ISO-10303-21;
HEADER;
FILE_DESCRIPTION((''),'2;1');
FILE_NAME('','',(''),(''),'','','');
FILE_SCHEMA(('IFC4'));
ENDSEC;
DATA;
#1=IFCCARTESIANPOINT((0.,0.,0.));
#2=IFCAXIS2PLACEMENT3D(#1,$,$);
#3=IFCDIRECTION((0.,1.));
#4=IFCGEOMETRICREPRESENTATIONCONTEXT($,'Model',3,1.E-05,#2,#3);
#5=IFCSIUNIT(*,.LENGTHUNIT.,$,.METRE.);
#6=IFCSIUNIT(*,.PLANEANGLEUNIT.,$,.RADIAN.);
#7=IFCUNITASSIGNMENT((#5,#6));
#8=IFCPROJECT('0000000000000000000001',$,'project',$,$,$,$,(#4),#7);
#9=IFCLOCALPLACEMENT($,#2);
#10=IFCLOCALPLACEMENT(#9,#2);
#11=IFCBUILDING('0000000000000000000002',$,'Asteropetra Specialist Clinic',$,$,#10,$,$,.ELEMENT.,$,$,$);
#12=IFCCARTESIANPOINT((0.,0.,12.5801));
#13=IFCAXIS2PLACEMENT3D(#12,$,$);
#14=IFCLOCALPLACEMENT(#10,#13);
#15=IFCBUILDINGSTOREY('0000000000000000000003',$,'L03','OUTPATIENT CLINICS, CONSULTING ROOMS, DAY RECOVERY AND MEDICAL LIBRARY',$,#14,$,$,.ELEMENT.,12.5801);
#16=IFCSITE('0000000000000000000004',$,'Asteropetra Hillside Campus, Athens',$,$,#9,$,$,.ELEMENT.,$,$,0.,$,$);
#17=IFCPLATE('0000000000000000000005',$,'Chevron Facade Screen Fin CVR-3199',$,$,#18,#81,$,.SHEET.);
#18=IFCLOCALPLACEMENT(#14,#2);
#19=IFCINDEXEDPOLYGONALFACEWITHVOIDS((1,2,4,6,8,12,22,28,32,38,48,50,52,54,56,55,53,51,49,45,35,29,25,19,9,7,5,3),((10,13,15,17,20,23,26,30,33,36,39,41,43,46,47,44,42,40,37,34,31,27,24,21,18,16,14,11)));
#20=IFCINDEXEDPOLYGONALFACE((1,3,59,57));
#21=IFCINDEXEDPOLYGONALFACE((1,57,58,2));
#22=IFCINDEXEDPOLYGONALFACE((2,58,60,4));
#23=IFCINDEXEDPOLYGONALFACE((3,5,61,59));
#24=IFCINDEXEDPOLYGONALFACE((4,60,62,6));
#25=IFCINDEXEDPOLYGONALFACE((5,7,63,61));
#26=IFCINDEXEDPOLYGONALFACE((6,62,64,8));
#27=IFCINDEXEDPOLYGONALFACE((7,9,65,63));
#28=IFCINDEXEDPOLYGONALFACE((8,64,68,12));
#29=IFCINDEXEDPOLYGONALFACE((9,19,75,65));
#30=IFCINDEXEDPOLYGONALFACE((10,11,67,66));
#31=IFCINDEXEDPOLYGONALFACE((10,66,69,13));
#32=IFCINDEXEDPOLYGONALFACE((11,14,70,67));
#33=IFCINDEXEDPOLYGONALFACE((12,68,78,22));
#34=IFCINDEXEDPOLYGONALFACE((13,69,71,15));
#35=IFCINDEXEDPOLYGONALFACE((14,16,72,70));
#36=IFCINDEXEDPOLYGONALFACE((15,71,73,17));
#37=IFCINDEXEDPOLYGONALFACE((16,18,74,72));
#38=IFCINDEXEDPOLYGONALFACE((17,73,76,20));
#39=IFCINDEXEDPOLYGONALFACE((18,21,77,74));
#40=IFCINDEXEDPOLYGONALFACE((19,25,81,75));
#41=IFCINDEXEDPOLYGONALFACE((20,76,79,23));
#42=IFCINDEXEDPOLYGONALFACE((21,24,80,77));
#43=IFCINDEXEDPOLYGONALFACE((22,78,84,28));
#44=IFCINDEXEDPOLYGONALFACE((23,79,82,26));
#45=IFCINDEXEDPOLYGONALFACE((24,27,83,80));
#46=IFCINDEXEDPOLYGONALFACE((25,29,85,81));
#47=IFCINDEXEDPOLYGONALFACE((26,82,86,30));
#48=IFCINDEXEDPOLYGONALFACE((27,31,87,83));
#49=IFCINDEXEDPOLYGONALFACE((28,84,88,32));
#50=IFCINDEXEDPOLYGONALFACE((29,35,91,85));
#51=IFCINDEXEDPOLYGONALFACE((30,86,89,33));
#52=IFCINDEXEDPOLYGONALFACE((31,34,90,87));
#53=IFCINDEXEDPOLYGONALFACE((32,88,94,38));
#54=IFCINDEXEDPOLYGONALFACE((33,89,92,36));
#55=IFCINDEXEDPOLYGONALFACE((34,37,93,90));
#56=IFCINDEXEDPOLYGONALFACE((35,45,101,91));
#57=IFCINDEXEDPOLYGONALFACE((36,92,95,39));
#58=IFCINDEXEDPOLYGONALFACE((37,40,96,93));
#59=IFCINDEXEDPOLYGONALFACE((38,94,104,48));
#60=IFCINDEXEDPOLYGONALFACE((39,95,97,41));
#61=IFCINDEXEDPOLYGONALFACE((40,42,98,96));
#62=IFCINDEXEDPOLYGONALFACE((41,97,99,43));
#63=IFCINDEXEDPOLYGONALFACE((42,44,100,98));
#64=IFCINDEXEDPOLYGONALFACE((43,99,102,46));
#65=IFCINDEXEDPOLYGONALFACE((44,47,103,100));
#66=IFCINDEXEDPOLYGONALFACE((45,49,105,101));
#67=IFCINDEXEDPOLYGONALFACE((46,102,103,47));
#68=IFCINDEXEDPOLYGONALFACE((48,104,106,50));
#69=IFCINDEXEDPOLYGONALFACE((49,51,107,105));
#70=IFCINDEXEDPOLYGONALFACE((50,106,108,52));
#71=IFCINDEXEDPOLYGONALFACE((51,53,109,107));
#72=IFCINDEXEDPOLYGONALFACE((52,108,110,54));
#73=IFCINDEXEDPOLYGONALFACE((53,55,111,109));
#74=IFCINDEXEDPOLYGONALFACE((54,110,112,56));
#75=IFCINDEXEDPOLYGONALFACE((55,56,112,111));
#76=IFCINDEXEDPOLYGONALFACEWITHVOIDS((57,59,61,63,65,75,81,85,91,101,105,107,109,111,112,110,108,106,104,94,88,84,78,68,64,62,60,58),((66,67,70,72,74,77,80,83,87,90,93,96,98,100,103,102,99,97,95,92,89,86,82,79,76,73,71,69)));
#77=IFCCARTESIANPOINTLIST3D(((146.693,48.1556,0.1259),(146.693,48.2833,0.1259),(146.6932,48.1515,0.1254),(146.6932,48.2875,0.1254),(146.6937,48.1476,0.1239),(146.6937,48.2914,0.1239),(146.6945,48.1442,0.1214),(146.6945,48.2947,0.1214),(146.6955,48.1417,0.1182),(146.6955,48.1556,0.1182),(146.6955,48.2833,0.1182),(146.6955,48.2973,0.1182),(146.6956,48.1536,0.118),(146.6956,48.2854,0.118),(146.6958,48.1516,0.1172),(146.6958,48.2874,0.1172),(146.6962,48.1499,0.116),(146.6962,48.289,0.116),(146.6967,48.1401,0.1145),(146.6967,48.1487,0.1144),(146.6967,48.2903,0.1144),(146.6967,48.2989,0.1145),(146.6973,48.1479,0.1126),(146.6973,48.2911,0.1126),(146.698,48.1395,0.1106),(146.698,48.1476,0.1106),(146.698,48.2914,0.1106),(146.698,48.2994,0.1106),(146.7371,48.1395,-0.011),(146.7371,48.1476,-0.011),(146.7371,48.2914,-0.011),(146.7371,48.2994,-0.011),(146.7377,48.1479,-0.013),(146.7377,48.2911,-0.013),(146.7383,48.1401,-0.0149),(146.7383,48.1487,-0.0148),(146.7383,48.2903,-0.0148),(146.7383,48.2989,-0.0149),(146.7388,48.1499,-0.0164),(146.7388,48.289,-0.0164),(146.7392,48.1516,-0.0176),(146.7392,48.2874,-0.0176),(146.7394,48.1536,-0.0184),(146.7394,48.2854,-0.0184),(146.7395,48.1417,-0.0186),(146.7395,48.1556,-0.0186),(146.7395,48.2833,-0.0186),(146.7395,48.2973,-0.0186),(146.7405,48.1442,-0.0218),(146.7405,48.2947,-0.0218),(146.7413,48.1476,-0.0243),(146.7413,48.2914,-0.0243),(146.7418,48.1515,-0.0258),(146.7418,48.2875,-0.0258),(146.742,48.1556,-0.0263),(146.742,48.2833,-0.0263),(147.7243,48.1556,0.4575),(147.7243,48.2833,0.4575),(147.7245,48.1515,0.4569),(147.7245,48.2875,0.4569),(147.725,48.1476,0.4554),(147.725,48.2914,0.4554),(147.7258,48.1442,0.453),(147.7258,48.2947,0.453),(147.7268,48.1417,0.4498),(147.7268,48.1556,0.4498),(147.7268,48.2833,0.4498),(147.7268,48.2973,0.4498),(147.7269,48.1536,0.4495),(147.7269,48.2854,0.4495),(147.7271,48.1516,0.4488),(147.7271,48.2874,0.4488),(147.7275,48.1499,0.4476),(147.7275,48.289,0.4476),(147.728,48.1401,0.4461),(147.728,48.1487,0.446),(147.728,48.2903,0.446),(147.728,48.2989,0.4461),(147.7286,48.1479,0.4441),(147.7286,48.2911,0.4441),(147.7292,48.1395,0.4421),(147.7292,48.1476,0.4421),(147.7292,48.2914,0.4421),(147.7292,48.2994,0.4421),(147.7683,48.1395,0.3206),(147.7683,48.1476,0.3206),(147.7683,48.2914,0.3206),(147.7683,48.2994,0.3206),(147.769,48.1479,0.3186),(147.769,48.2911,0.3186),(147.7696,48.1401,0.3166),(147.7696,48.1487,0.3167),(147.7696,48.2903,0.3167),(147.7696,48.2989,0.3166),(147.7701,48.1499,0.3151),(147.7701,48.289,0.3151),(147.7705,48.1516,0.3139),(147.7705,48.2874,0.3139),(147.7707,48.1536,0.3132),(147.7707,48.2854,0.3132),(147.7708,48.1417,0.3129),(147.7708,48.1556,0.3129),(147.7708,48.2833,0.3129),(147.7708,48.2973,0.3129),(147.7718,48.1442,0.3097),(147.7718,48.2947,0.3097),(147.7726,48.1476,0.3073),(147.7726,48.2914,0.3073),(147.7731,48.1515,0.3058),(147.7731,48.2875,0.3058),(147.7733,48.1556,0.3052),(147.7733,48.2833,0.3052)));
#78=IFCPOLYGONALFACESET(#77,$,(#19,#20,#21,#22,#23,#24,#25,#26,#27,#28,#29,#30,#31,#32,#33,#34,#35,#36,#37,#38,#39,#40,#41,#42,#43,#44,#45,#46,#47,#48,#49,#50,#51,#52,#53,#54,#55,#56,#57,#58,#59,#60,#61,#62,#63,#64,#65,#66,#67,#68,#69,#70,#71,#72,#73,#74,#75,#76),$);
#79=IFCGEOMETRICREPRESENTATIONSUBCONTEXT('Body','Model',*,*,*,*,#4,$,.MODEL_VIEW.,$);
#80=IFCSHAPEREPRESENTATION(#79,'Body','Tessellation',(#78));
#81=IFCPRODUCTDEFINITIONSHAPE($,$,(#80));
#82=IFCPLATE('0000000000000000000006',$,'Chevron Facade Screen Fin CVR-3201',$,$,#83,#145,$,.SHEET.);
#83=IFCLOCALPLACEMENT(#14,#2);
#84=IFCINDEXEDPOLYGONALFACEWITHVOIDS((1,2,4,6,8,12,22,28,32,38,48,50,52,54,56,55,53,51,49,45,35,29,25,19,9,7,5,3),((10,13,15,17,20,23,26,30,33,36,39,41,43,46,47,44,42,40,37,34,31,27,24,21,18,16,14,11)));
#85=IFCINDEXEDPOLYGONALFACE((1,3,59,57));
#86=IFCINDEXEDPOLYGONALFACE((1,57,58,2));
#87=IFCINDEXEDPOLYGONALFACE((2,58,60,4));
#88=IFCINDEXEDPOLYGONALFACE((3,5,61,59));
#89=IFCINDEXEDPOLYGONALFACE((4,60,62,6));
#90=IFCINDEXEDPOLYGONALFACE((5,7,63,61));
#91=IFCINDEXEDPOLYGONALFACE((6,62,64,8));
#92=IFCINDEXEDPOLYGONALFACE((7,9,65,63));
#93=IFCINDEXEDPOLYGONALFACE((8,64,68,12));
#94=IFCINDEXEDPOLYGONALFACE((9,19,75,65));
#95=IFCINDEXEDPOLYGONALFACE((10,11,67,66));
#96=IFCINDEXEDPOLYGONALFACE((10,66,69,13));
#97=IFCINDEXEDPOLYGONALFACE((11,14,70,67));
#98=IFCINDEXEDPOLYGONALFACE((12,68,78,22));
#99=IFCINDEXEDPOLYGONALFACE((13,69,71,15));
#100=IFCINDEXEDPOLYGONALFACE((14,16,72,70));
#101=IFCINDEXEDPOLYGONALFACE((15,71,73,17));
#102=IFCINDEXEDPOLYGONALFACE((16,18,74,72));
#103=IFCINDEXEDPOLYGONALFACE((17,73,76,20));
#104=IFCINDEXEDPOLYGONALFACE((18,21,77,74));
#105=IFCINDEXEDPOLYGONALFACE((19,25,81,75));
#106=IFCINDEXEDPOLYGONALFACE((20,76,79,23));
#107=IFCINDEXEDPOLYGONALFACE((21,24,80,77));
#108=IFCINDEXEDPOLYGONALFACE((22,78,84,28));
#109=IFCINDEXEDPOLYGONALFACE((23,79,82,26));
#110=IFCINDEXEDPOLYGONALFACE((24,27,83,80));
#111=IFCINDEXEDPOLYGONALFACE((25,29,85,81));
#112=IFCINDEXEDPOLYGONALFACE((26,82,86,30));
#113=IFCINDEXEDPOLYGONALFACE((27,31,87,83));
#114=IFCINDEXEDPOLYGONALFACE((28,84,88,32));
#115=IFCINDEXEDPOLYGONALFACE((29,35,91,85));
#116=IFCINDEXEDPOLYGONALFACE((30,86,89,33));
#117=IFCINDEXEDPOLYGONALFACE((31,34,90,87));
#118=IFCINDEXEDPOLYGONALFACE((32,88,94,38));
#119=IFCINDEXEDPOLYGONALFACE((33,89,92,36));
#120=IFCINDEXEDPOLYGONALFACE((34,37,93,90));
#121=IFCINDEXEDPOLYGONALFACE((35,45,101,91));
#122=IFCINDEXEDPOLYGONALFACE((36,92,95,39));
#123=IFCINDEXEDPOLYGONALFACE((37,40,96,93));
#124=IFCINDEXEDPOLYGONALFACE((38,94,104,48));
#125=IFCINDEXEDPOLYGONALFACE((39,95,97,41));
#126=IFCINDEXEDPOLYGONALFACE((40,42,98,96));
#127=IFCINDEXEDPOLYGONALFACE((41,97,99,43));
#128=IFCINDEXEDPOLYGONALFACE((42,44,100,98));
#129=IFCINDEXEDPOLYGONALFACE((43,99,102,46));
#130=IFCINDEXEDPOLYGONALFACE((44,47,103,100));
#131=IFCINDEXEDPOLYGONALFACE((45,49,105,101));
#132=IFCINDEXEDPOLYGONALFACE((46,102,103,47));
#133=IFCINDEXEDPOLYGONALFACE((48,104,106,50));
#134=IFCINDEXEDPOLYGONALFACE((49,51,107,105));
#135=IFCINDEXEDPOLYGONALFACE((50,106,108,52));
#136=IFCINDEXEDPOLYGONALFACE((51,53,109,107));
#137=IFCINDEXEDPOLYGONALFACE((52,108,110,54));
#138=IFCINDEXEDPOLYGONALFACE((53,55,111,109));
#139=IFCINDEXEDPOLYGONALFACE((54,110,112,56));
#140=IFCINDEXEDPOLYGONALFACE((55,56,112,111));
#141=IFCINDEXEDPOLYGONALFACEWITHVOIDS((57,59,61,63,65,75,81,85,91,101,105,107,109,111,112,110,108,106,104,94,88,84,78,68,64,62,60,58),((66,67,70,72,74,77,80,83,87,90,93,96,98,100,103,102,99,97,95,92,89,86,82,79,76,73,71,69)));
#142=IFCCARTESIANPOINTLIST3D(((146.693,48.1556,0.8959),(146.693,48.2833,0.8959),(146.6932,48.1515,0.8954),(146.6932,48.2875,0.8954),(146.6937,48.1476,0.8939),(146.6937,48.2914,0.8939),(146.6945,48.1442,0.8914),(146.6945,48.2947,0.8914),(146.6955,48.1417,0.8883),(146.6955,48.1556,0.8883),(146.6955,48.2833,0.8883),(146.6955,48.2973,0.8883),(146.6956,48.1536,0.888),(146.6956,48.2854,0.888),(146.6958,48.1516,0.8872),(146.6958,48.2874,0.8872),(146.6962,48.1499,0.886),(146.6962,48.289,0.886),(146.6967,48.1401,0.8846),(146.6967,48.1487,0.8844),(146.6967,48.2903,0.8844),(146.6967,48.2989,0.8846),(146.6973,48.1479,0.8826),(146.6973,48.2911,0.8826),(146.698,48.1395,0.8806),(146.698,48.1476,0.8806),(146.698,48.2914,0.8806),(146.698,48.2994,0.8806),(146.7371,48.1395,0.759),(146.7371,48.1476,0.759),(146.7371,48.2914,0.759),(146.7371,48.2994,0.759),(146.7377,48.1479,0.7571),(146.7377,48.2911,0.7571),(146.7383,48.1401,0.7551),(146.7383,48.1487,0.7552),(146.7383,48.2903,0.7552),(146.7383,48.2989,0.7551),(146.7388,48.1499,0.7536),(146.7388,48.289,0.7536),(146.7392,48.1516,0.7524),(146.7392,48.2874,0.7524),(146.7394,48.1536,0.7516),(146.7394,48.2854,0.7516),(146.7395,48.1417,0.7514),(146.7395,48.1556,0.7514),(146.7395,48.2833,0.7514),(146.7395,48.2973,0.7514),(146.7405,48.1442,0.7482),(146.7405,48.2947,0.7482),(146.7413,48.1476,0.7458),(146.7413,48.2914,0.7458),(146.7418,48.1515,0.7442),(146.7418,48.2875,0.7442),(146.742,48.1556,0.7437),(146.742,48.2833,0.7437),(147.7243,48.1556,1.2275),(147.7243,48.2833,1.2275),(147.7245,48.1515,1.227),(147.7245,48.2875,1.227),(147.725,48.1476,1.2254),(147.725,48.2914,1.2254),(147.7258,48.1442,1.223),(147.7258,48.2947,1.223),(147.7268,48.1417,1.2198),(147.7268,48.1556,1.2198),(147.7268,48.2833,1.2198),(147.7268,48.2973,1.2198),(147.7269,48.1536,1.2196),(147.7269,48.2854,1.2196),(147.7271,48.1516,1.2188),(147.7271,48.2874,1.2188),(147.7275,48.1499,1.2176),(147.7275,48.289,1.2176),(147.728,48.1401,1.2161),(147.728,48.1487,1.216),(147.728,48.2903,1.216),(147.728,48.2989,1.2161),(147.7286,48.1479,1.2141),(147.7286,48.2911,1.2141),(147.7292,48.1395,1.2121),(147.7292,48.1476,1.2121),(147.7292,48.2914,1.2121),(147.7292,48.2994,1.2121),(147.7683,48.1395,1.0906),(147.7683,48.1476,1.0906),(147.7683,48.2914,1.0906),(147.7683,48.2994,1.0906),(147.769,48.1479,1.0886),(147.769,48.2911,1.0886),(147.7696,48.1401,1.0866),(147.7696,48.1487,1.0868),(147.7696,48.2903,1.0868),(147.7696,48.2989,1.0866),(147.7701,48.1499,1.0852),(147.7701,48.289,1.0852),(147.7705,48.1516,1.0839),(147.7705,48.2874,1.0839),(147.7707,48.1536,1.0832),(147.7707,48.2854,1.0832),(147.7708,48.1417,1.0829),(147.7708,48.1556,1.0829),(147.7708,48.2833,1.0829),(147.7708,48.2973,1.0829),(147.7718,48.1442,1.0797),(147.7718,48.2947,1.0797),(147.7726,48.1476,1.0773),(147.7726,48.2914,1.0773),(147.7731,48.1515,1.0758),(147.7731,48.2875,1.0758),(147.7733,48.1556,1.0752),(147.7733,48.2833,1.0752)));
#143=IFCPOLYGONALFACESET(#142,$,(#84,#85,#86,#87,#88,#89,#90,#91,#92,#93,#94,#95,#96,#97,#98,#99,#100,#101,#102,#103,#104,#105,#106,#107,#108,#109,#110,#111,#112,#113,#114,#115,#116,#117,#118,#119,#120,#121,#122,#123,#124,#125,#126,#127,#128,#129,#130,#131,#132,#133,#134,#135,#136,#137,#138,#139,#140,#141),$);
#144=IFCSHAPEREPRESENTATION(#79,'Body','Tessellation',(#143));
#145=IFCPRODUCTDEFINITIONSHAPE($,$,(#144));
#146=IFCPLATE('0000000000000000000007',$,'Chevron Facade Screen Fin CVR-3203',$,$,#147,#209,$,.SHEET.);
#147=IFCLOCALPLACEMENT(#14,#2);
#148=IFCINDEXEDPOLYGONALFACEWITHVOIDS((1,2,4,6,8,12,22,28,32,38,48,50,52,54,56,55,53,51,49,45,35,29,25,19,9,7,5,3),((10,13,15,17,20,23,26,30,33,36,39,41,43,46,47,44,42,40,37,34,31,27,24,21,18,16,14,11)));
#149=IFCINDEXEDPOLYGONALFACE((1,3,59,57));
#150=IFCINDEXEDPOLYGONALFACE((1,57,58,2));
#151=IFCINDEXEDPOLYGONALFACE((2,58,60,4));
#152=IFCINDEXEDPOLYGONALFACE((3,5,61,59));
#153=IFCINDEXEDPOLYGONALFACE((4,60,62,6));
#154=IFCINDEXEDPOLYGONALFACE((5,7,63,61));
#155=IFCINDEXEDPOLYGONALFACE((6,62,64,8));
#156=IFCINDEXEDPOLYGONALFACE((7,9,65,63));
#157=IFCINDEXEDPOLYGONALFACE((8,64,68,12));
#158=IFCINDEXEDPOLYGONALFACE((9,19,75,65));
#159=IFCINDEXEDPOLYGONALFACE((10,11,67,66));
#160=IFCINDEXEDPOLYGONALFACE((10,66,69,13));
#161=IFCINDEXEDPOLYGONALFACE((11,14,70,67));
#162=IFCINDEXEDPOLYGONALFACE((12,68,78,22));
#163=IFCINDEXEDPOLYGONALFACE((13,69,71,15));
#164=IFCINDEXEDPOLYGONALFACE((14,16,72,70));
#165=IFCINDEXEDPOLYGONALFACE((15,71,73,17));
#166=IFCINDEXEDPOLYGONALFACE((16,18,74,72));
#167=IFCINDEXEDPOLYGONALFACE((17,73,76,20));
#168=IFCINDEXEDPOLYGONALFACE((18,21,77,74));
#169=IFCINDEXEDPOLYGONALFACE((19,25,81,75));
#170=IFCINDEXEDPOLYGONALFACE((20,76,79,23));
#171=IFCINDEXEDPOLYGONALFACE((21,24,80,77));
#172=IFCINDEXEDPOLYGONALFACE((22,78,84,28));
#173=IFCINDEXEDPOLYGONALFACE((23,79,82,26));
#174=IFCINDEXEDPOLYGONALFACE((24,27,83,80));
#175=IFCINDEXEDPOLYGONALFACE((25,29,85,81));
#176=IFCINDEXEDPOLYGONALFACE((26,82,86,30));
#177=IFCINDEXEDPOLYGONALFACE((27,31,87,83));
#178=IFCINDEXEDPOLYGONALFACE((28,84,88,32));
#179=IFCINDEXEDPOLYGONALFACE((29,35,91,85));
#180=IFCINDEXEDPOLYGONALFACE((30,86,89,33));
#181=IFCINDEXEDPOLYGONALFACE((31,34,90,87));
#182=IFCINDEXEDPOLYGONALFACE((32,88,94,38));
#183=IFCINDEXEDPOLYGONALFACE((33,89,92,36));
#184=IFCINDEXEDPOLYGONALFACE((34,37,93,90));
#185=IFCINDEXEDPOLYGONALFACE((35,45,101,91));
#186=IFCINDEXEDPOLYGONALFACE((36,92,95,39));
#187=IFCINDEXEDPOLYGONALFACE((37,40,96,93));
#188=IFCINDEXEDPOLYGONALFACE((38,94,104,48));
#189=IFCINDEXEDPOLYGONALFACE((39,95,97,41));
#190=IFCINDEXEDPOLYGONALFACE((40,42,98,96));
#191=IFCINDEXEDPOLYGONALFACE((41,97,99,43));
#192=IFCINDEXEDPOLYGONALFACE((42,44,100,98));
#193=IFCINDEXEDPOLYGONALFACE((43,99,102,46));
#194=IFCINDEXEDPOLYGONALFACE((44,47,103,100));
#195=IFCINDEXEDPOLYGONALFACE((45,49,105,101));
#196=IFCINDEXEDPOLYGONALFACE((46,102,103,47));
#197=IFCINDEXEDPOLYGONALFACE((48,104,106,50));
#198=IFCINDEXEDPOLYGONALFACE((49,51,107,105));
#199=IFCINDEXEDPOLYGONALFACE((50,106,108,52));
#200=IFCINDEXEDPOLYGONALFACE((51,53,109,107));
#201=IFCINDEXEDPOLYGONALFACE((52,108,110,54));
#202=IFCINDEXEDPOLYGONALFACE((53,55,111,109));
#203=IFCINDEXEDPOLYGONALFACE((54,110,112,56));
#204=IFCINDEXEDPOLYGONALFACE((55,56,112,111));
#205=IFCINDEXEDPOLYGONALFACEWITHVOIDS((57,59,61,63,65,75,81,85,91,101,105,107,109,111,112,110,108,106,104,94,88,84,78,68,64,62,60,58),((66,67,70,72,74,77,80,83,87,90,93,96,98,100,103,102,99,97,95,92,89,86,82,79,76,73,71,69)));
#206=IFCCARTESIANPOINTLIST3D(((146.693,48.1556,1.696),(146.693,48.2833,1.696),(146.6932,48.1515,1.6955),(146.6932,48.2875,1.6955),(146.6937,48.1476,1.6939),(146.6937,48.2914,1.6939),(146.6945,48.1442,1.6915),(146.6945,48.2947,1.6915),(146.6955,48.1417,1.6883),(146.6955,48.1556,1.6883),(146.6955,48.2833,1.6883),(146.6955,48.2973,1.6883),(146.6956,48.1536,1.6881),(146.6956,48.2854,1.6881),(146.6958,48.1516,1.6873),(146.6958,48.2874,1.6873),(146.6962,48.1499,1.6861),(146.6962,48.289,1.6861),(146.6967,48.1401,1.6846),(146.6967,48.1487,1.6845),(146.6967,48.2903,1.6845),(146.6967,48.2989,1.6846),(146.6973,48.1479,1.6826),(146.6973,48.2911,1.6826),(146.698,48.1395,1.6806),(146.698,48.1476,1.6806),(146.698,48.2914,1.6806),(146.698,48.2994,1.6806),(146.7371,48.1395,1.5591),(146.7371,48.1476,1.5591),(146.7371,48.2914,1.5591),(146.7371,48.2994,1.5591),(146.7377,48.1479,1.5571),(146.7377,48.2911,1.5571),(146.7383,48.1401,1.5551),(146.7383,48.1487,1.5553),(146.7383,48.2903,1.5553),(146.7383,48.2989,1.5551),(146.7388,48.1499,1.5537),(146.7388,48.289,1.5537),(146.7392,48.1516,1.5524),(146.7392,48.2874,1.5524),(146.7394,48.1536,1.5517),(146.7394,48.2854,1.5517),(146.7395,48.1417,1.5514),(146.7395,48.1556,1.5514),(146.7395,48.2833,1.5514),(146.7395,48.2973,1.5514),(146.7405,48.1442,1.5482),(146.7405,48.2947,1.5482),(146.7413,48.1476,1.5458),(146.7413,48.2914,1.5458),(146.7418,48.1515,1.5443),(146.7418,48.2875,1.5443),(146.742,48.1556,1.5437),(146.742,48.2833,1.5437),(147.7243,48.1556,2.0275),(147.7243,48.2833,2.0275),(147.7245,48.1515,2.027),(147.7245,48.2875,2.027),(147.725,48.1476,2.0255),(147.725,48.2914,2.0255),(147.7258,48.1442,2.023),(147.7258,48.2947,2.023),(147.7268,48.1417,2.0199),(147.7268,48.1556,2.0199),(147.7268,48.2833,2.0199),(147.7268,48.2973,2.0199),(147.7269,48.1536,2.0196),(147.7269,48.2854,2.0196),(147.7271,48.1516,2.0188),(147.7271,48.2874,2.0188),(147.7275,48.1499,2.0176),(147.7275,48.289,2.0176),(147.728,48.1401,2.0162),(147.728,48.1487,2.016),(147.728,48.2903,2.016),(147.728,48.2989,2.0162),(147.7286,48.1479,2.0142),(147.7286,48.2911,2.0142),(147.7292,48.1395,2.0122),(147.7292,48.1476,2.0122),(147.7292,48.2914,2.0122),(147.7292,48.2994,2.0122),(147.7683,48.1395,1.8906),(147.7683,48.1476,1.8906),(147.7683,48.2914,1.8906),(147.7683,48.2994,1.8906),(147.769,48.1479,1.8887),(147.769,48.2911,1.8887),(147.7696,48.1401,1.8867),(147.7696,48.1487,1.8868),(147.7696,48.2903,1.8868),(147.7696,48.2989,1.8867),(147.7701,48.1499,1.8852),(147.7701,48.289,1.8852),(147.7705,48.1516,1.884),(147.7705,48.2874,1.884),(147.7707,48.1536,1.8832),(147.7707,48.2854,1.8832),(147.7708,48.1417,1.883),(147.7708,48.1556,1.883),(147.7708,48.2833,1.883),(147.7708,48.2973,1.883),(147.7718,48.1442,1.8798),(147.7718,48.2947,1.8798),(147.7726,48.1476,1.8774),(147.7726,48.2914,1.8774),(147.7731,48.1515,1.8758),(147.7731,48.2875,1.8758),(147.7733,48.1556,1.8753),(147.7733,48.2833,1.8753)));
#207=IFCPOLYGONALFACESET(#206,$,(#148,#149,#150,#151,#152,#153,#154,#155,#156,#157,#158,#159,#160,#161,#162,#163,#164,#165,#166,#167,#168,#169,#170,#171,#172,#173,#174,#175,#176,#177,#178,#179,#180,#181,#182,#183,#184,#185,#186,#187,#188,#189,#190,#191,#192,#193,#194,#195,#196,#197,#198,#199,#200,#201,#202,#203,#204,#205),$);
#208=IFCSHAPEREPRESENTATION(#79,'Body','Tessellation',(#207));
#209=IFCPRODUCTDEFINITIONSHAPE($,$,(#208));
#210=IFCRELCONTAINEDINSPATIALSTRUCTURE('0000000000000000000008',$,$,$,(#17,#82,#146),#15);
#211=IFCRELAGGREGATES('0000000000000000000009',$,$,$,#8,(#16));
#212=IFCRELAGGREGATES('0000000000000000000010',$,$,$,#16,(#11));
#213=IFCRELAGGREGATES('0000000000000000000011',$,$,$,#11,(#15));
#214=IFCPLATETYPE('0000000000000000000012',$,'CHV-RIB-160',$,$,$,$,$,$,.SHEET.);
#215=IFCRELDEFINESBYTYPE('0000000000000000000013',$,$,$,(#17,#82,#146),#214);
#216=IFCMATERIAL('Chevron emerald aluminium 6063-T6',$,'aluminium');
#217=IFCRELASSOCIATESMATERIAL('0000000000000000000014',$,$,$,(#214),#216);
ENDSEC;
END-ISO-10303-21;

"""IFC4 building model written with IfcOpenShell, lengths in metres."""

from ifc_helpers import new_model, si_unit, direction, frame, origin, origin_2d, place, context, subcontext, project, spatial, hollow_rectangle, extrude, material, material_profile, profile_set, type_object, element, save


model = new_model("IFC4")

# Units and contexts
model_context = context("Model", 3, precision=1e-05, world=origin(), true_north=direction((0.0, 1.0)))
body_context = subcontext(model_context, "Body", "Model", "MODEL_VIEW")
ifc_project = project(units=[si_unit("LENGTHUNIT", "METRE"), si_unit("PLANEANGLEUNIT", "RADIAN")], contexts=[model_context])

# Site, building, storey
site_placement = place(None, origin())
site = spatial("IfcSite", under=ifc_project, at=site_placement, Name="Asteropetra Hillside Campus, Athens", CompositionType="ELEMENT", RefElevation=0.0)
building_placement = place(site_placement, origin())
building = spatial("IfcBuilding", under=site, at=building_placement, Name="Asteropetra Specialist Clinic", CompositionType="ELEMENT")
storey_placement = place(building_placement, frame((0.0, 0.0, 12.5801)))
storey = spatial("IfcBuildingStorey", under=building, at=storey_placement, Name="L03", Description="OUTPATIENT CLINICS, CONSULTING ROOMS, DAY RECOVERY AND MEDICAL LIBRARY", CompositionType="ELEMENT", Elevation=12.5801)

# Plates
ifc_material_1 = material(Name="Chevron emerald aluminium 6063-T6", Category="aluminium")
ifc_material_profile = material_profile(ifc_material_1, hollow_rectangle(XDim=0.1599, YDim=0.1599, WallThickness=0.0081, InnerFilletRadius=0.0081, OuterFilletRadius=0.0161, at=origin_2d()), Name="SHS 160x160x8.0")
ifc_profile_set = profile_set([ifc_material_profile], Name="Chevron emerald aluminium 6063-T6")
plate_type_1 = type_object("IfcPlateType", Name="CHV-RIB-160", PredefinedType="SHEET", material=ifc_profile_set)
for number, where, z_axis, x_axis, name in (
    (1, (147.7488, 48.2195, 0.3813), (-0.95201, 0.0, -0.306068), (0.0, -1.0, 0.0), "Chevron Facade Screen Fin CVR-3199"),
    (2, (147.7488, 48.2195, 1.1514), (-0.95201, 0.0, -0.306068), (0.0, -1.0, 0.0), "Chevron Facade Screen Fin CVR-3201"),
    (3, (147.7488, 48.2195, 1.9514), (-0.95201, 0.0, -0.306068), (0.0, -1.0, 0.0), "Chevron Facade Screen Fin CVR-3203"),
):
    element("IfcPlate", number, at=place(storey_placement, frame(where, z_axis=z_axis, x_axis=x_axis)), inside=storey, type_object=plate_type_1, Name=name, PredefinedType="SHEET", context=body_context, shape_type="SweptSolid", body=[
        extrude(hollow_rectangle(XDim=0.1599, YDim=0.1599, WallThickness=0.0081, InnerFilletRadius=0.0081, OuterFilletRadius=0.0161, at=origin_2d()), origin(), (0.0, 0.0, 1.0), 1.0833),
    ])

save(model, "model.ifc")
